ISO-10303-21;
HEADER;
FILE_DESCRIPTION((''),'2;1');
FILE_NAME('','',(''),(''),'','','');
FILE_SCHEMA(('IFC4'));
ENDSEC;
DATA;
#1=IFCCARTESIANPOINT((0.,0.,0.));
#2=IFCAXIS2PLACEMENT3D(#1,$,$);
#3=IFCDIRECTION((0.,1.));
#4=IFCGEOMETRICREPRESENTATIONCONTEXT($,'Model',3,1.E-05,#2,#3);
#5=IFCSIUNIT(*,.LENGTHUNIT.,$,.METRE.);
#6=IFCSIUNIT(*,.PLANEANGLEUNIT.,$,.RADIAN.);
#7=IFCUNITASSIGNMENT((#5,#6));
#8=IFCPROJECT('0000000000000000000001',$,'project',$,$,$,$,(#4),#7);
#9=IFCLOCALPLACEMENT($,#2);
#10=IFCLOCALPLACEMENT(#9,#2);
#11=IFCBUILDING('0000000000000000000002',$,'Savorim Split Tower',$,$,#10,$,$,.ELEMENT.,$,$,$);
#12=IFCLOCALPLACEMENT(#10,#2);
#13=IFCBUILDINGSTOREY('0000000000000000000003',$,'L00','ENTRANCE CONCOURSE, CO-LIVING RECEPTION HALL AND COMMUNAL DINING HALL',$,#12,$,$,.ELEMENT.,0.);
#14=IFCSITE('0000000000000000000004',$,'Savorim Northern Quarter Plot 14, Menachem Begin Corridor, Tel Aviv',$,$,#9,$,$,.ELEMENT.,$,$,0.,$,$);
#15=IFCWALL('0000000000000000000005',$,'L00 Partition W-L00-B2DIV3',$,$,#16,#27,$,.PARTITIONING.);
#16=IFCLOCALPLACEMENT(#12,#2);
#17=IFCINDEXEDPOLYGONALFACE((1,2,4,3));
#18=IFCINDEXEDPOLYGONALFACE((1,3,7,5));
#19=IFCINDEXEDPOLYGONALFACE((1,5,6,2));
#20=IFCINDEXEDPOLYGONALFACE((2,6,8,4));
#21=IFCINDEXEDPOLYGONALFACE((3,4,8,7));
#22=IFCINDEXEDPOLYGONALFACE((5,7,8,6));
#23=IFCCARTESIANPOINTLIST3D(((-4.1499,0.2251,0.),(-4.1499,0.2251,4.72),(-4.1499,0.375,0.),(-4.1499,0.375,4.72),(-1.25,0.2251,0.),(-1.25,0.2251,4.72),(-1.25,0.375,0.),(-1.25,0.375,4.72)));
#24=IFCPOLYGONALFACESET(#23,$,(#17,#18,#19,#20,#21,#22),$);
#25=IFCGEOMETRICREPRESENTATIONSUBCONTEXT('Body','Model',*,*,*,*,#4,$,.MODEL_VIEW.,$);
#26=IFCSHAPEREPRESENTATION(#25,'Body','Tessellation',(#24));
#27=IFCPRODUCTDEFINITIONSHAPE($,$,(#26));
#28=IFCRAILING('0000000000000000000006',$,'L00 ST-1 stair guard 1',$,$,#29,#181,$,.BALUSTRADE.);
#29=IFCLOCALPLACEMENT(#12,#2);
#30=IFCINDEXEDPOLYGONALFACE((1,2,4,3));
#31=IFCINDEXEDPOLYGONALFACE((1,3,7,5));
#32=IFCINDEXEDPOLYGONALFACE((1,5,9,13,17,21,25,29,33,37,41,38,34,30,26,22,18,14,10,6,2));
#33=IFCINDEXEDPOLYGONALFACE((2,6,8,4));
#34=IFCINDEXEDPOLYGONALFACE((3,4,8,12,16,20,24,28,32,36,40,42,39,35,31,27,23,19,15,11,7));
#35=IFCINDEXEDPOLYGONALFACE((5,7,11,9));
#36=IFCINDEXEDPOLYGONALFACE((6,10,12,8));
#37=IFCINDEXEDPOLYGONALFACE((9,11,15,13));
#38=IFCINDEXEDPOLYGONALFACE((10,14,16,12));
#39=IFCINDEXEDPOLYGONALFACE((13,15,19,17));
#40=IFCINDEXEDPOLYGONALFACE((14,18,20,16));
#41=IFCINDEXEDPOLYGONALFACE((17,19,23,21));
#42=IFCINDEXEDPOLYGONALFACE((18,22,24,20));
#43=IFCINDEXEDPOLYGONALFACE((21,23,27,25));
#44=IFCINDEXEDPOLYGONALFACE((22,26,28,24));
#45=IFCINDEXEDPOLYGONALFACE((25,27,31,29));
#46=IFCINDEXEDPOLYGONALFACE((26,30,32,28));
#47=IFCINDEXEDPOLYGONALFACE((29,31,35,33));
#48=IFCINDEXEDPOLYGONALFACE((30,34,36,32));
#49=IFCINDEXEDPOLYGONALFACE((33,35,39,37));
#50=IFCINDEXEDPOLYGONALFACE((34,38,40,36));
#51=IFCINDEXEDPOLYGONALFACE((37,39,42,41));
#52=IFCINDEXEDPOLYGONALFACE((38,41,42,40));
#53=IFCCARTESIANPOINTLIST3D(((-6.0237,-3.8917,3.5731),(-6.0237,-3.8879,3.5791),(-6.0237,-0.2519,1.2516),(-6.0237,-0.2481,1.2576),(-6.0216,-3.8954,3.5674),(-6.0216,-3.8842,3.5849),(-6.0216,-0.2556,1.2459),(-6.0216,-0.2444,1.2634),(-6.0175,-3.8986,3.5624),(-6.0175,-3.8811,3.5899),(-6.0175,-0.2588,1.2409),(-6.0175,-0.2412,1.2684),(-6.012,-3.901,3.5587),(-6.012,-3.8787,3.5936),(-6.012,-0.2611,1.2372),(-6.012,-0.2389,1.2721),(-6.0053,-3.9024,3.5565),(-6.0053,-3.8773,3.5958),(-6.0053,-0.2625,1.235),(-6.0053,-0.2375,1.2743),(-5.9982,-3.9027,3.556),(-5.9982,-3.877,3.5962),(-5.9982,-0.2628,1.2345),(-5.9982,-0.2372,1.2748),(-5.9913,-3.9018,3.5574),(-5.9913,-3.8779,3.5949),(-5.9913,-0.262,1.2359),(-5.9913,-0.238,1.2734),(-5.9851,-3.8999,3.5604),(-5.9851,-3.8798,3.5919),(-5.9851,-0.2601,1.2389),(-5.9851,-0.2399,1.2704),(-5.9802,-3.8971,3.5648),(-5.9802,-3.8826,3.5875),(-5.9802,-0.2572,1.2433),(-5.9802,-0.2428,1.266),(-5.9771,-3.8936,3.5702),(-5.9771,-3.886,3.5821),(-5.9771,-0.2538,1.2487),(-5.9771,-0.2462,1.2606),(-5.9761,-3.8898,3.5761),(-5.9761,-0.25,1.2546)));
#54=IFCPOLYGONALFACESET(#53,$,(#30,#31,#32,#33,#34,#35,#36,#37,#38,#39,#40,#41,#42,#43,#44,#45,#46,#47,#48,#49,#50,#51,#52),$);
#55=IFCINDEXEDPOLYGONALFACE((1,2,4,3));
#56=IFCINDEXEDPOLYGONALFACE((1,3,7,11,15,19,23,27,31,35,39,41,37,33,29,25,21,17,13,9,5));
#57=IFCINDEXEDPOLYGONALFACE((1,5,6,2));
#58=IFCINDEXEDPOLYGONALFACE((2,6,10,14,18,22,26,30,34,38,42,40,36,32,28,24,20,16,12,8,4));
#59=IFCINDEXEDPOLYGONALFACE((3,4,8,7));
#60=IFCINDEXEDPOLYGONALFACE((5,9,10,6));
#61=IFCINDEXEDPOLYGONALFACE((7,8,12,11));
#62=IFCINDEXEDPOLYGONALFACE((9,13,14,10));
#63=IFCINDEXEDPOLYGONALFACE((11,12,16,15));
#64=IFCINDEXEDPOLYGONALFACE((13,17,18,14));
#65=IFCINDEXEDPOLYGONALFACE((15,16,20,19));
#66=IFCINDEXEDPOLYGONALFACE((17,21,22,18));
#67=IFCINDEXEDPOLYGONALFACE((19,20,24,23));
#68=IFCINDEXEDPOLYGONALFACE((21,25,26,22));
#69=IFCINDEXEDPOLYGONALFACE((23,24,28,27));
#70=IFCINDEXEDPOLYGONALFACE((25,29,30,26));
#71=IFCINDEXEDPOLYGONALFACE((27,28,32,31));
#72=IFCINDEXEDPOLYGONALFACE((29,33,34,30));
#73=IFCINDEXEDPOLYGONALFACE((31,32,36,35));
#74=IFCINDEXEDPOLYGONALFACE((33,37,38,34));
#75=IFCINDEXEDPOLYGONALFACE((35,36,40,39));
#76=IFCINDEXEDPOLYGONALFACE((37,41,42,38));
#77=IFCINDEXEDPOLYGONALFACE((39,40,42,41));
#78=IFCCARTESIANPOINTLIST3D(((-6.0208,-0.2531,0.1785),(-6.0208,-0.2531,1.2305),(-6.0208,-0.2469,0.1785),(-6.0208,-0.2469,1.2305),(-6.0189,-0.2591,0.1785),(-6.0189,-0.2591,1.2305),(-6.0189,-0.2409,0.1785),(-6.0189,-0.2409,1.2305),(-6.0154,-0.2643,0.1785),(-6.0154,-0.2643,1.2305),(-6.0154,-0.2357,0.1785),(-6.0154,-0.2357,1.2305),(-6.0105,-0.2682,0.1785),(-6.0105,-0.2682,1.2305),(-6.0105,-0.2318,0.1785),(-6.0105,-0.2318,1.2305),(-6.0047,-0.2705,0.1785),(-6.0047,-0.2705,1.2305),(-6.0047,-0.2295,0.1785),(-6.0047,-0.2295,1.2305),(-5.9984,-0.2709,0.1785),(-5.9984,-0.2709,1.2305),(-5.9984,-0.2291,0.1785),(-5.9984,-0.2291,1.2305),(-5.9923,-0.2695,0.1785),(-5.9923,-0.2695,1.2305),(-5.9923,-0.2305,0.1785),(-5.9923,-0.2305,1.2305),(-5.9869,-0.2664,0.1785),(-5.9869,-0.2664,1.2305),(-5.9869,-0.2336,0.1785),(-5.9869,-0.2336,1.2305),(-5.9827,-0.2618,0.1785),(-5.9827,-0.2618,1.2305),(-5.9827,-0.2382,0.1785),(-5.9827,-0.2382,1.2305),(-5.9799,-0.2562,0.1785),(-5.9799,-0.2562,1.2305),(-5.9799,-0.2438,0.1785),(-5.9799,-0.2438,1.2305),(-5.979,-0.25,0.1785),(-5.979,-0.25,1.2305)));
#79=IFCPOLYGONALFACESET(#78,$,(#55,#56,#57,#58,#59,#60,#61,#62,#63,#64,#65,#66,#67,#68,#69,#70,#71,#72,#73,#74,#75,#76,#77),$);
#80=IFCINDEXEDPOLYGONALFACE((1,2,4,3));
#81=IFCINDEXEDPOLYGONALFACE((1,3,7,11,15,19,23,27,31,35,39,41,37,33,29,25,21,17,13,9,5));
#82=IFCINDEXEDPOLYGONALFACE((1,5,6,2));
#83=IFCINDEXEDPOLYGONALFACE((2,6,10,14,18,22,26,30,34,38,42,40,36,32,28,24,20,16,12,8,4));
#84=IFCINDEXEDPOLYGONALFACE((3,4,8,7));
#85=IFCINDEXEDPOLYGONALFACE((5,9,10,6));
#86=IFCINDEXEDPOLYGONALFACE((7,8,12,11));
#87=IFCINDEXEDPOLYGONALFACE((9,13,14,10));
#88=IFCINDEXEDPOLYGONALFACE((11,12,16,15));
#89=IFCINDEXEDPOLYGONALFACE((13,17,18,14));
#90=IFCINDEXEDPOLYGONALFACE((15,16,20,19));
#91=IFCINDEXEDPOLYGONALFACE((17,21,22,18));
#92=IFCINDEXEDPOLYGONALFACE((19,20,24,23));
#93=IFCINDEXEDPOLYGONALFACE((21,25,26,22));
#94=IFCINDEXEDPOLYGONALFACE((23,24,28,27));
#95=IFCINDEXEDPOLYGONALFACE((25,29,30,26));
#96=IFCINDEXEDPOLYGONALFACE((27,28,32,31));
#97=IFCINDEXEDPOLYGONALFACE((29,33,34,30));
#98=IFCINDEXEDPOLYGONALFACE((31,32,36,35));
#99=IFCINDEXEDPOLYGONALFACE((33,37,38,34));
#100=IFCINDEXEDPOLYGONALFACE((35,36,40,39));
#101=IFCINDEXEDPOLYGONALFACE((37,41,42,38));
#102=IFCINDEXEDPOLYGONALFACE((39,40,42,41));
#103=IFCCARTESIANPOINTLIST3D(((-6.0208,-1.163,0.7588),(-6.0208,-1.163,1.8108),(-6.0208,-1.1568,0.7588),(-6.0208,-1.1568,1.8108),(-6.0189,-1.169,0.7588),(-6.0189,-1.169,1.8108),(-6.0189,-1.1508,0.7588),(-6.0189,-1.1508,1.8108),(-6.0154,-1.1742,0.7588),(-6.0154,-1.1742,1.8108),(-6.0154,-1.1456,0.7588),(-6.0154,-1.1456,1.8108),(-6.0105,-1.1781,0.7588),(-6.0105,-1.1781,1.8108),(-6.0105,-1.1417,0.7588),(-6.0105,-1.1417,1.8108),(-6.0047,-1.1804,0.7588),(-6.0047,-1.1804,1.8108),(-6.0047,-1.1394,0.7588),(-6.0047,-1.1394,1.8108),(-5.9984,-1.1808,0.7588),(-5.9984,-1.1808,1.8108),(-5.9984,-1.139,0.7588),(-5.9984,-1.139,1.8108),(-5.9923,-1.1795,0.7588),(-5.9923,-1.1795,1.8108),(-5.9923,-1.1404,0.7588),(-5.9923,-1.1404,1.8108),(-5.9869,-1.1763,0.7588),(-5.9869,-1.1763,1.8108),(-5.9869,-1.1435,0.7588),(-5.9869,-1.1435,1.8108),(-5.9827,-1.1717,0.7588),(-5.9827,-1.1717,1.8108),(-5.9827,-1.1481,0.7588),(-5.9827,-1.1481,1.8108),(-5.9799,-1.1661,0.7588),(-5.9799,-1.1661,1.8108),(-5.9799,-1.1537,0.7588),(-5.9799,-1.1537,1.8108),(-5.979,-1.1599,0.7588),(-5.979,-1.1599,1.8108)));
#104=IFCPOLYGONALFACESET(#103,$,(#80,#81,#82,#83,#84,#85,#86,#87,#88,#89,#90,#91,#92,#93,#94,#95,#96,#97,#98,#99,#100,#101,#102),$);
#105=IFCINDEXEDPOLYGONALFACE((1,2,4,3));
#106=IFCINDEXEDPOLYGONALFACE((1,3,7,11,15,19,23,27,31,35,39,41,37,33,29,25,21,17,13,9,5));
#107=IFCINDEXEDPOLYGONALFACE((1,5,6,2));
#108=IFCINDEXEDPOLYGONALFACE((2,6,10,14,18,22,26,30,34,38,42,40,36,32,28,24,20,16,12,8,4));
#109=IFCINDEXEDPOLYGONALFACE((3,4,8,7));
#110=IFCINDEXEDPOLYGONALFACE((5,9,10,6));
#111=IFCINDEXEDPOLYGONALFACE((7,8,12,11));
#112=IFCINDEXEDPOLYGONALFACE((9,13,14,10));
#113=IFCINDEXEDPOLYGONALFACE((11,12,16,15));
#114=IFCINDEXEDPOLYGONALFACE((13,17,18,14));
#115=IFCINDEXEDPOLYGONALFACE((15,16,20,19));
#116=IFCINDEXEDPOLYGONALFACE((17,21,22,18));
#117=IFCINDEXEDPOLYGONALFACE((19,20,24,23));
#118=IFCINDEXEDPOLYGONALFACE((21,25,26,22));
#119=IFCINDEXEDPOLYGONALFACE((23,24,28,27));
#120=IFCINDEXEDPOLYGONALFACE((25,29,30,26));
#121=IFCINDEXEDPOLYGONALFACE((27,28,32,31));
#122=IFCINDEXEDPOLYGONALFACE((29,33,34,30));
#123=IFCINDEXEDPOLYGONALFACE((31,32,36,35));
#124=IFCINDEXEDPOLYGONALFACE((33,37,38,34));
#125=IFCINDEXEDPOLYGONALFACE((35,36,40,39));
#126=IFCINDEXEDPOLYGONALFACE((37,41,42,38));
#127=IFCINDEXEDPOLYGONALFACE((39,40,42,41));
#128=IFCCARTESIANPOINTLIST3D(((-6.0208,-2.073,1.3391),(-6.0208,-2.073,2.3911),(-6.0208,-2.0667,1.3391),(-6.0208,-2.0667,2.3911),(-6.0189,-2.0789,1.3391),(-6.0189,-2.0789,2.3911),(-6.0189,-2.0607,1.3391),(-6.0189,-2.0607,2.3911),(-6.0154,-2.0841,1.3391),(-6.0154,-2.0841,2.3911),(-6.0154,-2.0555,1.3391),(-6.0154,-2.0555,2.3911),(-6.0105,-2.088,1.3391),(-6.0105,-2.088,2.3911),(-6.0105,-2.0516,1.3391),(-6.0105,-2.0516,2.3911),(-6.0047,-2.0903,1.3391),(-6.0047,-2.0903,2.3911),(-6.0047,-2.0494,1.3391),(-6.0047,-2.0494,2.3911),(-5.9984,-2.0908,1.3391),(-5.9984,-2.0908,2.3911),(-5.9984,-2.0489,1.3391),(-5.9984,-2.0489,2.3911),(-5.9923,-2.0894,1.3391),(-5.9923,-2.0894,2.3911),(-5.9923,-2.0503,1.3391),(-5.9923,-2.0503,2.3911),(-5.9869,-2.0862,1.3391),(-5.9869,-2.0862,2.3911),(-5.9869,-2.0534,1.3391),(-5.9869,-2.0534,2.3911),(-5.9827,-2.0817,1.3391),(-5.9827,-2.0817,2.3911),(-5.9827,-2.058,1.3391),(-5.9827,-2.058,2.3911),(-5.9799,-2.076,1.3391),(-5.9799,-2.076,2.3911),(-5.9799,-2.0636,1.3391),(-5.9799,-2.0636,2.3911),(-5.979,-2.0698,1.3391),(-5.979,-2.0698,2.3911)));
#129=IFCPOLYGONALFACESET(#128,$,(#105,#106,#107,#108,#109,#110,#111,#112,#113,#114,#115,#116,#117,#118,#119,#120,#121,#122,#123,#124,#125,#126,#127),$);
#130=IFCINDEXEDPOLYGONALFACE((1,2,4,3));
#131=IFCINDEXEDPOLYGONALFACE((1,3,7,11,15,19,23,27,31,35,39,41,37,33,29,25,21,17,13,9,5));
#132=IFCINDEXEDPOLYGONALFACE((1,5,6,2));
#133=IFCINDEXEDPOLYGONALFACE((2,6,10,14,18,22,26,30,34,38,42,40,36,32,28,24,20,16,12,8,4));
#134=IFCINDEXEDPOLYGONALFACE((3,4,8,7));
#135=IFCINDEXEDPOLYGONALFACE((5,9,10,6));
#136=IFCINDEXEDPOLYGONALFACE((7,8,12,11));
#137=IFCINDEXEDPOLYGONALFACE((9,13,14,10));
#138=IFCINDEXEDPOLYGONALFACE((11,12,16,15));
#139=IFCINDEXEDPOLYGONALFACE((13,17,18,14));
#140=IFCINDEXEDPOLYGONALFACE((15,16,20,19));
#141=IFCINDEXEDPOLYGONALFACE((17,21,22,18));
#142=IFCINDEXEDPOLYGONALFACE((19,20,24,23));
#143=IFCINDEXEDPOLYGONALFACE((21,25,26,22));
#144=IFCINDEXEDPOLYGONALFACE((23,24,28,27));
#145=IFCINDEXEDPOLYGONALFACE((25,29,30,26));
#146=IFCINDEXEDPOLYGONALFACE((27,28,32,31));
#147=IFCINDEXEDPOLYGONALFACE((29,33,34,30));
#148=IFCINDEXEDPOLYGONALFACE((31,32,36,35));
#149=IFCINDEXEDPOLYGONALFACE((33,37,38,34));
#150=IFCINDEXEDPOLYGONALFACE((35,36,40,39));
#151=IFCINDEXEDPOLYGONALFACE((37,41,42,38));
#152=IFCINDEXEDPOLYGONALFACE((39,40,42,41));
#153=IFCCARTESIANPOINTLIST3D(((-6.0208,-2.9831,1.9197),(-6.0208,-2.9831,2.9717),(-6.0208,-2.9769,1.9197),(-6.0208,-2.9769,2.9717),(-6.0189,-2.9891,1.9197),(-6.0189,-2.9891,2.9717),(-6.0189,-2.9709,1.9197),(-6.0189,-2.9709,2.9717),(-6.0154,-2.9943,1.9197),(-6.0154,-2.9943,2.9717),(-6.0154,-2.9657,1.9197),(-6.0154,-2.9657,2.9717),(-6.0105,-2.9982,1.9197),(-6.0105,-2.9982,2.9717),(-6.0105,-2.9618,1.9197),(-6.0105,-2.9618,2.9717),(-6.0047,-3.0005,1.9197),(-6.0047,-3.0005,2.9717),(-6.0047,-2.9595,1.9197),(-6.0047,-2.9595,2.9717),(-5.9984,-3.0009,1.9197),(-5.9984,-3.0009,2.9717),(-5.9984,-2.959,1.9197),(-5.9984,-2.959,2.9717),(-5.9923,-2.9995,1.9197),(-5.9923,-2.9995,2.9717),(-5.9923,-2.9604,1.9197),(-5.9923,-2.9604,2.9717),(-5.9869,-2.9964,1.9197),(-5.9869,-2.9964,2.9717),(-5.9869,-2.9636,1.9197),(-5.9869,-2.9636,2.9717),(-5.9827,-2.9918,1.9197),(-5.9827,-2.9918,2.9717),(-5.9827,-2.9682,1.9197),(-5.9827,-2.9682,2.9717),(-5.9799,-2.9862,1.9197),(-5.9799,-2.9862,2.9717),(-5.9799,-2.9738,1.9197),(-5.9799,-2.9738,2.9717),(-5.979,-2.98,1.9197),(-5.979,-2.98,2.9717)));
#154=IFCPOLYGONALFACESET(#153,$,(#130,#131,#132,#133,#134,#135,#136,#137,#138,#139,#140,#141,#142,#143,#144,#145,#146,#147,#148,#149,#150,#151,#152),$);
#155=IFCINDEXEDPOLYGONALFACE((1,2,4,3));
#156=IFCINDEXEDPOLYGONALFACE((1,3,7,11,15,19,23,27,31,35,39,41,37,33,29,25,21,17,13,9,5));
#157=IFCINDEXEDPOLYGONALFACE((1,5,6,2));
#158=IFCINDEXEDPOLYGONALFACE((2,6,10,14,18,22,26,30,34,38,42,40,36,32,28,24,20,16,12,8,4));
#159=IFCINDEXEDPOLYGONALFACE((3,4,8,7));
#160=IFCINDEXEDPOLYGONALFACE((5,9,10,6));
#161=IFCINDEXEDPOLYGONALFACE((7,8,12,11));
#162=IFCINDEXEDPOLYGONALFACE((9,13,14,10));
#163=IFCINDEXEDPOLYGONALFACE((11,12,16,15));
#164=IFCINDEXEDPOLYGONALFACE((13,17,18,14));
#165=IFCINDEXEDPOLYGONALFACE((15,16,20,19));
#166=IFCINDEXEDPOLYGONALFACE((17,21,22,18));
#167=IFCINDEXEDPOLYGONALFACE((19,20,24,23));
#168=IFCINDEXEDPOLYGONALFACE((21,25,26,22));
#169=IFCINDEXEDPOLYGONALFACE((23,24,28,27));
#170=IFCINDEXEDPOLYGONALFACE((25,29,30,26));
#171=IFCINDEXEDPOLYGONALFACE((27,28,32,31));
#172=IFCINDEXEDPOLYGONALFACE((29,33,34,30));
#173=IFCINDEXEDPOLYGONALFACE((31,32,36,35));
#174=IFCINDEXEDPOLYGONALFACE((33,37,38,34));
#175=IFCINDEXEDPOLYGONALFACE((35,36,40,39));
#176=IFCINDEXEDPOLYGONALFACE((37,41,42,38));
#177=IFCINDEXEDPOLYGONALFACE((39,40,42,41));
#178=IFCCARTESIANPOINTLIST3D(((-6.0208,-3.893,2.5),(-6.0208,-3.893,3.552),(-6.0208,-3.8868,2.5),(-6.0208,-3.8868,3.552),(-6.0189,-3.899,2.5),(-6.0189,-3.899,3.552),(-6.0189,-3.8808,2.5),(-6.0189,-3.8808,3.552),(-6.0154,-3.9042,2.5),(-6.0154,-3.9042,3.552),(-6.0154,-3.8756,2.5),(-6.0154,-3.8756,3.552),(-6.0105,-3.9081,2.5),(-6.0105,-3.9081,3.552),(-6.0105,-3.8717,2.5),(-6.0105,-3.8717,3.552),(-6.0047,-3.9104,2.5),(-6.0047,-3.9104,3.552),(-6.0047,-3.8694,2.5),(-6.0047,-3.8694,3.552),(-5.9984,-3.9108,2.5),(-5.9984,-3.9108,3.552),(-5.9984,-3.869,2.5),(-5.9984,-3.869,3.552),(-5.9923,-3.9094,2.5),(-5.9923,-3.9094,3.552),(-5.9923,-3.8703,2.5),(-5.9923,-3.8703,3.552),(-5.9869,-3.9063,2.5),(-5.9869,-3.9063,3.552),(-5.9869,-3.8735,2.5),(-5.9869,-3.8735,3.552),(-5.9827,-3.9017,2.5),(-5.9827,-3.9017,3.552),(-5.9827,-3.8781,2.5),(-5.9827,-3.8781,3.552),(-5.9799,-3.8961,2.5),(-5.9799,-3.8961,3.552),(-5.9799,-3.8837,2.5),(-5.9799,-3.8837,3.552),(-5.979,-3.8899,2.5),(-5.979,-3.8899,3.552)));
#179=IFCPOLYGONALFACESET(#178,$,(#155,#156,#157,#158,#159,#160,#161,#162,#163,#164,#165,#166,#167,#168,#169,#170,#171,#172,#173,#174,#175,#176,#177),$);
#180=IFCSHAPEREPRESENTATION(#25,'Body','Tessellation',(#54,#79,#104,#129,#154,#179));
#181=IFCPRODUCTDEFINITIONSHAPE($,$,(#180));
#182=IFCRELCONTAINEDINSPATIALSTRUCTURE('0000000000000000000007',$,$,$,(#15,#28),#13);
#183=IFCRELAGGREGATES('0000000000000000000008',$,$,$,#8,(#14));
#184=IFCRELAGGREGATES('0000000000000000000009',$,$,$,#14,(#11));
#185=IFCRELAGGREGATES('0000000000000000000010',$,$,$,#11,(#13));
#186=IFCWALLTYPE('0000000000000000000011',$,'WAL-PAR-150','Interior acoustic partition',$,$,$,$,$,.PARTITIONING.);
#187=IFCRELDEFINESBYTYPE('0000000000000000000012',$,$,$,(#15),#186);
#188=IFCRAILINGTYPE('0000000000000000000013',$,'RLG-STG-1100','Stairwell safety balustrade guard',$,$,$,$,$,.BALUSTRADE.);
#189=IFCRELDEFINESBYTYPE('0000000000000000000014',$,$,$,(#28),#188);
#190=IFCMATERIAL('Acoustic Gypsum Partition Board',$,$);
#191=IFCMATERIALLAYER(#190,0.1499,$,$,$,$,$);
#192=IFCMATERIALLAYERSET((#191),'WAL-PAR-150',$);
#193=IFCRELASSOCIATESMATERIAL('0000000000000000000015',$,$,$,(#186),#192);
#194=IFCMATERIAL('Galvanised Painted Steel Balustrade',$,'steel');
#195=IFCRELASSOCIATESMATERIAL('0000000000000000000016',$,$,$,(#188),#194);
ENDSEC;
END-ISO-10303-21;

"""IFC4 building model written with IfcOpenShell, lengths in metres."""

from ifc_helpers import new_model, si_unit, direction, frame, frame_2d, origin, origin_2d, place, context, subcontext, project, spatial, rectangle, circle, extrude, material, layer, layer_set, type_object, element, save


model = new_model("IFC4")

# Units and contexts
model_context = context("Model", 3, precision=1e-05, world=origin(), true_north=direction((0.0, 1.0)))
body_context = subcontext(model_context, "Body", "Model", "MODEL_VIEW")
ifc_project = project(units=[si_unit("LENGTHUNIT", "METRE"), si_unit("PLANEANGLEUNIT", "RADIAN")], contexts=[model_context])

# Site, building, storey
site_placement = place(None, origin())
site = spatial("IfcSite", under=ifc_project, at=site_placement, Name="Savorim Northern Quarter Plot 14, Menachem Begin Corridor, Tel Aviv", CompositionType="ELEMENT", RefElevation=0.0)
building_placement = place(site_placement, origin())
building = spatial("IfcBuilding", under=site, at=building_placement, Name="Savorim Split Tower", CompositionType="ELEMENT")
storey_placement = place(building_placement, origin())
storey = spatial("IfcBuildingStorey", under=building, at=storey_placement, Name="L00", Description="ENTRANCE CONCOURSE, CO-LIVING RECEPTION HALL AND COMMUNAL DINING HALL", CompositionType="ELEMENT", Elevation=0.0)

# Shared definitions
ifc_material_1 = material(Name="Galvanised Painted Steel Balustrade", Category="steel")

# Wall
ifc_material_2 = material(Name="Acoustic Gypsum Partition Board")
ifc_layer_1 = layer(ifc_material_2, 0.1499)
ifc_layer_set_1 = layer_set([ifc_layer_1], Name="WAL-PAR-150")
wall_type_1 = type_object("IfcWallType", Name="WAL-PAR-150", Description="Interior acoustic partition", PredefinedType="PARTITIONING", material=ifc_layer_set_1)
wall_1_placement = place(storey_placement, frame((-4.1499, 0.3, 0.0), z_axis=(0.0, 0.0, 1.0), x_axis=(1.0, 0.0, 0.0)))
element("IfcWall", 1, at=wall_1_placement, inside=storey, type_object=wall_type_1, Name="L00 Partition W-L00-B2DIV3", PredefinedType="PARTITIONING", context=body_context, shape_type="SweptSolid", body=[
    extrude(rectangle(XDim=2.8999, YDim=0.1499, at=frame_2d((1.45, 0.0))), origin(), (0.0, 0.0, 1.0), 4.72),
])

# Railing
railing_type = type_object("IfcRailingType", Name="RLG-STG-1100", Description="Stairwell safety balustrade guard", PredefinedType="BALUSTRADE", material=ifc_material_1)
railing_1_placement = place(storey_placement, frame((-6.0, -0.25, 0.1785)))
element("IfcRailing", 2, at=railing_1_placement, inside=storey, type_object=railing_type, Name="L00 ST-1 stair guard 1", PredefinedType="BALUSTRADE", context=body_context, shape_type="SweptSolid", body=[
    extrude(circle(Radius=0.0239, at=origin_2d()), frame((0.0, 0.0, 1.0762), z_axis=(0.0, -0.843112, 0.537739), x_axis=(1.0, 0.0, 0.0)), (0.0, 0.0, 1.0), 4.3171),
    extrude(circle(Radius=0.021, at=origin_2d()), origin(), (0.0, 0.0, 1.0), 1.052),
    extrude(circle(Radius=0.021, at=origin_2d()), frame((0.0, -0.9099, 0.5803)), (0.0, 0.0, 1.0), 1.052),
    extrude(circle(Radius=0.021, at=origin_2d()), frame((0.0, -1.8198, 1.1606)), (0.0, 0.0, 1.0), 1.052),
    extrude(circle(Radius=0.021, at=origin_2d()), frame((0.0, -2.73, 1.7412)), (0.0, 0.0, 1.0), 1.052),
    extrude(circle(Radius=0.021, at=origin_2d()), frame((0.0, -3.6399, 2.3215)), (0.0, 0.0, 1.0), 1.052),
])

save(model, "model.ifc")
